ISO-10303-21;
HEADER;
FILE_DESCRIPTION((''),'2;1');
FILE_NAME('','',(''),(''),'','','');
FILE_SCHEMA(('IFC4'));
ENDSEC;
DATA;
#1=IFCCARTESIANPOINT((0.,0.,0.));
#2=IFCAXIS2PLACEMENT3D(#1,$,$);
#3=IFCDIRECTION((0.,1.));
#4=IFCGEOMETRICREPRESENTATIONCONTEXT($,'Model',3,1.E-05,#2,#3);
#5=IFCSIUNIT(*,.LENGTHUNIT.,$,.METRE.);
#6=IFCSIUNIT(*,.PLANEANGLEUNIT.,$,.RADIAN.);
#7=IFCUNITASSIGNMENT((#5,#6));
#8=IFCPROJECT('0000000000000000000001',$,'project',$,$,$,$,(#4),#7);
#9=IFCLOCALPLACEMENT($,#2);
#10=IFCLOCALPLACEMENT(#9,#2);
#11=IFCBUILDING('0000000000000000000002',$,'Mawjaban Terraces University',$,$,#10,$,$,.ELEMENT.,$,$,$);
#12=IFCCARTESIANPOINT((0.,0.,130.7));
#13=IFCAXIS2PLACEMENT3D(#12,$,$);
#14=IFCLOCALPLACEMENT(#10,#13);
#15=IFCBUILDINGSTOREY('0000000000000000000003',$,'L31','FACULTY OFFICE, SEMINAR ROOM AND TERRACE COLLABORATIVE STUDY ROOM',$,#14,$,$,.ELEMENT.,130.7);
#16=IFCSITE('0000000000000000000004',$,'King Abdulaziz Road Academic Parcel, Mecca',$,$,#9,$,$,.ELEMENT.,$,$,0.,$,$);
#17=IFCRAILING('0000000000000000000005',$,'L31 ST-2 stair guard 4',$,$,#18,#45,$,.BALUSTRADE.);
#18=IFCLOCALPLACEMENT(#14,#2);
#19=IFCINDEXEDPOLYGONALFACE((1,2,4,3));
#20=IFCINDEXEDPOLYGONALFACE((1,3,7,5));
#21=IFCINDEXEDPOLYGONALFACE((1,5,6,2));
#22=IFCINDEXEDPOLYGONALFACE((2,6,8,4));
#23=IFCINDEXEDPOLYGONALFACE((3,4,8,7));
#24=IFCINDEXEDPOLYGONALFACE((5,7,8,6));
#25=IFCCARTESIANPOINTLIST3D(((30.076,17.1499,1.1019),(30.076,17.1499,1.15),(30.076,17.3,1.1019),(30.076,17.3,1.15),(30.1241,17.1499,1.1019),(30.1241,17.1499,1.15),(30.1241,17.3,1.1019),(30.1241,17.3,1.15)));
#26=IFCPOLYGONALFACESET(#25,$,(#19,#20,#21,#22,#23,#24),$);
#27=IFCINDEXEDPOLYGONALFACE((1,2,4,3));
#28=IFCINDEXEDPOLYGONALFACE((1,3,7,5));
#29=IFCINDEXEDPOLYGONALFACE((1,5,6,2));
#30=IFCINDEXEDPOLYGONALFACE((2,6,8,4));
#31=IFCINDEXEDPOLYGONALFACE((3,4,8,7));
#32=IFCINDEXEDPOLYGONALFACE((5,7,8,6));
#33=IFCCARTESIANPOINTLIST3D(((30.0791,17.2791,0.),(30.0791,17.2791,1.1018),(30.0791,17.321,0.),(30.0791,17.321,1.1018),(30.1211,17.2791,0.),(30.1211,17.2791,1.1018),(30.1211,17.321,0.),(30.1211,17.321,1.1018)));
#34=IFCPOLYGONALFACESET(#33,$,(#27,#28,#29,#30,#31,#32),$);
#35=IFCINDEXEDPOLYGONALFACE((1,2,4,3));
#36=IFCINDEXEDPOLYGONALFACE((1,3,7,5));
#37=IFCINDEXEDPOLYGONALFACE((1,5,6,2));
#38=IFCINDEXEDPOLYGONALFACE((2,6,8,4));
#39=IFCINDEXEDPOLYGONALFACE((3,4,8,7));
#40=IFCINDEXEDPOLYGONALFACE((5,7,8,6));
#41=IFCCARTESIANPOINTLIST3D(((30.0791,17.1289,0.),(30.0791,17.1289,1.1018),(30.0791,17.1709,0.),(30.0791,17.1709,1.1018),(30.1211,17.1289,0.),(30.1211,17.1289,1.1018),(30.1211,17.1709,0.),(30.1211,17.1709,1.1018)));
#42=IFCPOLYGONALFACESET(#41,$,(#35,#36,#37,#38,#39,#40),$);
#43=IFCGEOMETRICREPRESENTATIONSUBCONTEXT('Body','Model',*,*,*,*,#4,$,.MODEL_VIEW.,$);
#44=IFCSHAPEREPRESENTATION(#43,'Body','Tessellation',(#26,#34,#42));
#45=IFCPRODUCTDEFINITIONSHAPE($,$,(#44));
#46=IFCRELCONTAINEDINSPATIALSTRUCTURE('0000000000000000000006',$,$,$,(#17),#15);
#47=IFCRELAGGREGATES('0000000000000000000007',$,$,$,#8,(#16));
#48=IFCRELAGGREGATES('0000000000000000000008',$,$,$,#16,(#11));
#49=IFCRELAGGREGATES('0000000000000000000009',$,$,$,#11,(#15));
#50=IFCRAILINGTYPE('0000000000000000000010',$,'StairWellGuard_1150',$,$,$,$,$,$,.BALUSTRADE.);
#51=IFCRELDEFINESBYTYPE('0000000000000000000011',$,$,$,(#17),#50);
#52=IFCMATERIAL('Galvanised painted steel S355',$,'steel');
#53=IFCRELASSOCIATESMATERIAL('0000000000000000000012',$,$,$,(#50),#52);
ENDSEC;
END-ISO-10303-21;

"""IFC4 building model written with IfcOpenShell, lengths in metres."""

from ifc_helpers import new_model, si_unit, direction, frame, origin, origin_2d, place, context, subcontext, project, spatial, rectangle, extrude, material, type_object, element, save


model = new_model("IFC4")

# Units and contexts
model_context = context("Model", 3, precision=1e-05, world=origin(), true_north=direction((0.0, 1.0)))
body_context = subcontext(model_context, "Body", "Model", "MODEL_VIEW")
ifc_project = project(units=[si_unit("LENGTHUNIT", "METRE"), si_unit("PLANEANGLEUNIT", "RADIAN")], contexts=[model_context])

# Site, building, storey
site_placement = place(None, origin())
site = spatial("IfcSite", under=ifc_project, at=site_placement, Name="King Abdulaziz Road Academic Parcel, Mecca", CompositionType="ELEMENT", RefElevation=0.0)
building_placement = place(site_placement, origin())
building = spatial("IfcBuilding", under=site, at=building_placement, Name="Mawjaban Terraces University", CompositionType="ELEMENT")
storey_placement = place(building_placement, frame((0.0, 0.0, 130.7)))
storey = spatial("IfcBuildingStorey", under=building, at=storey_placement, Name="L31", Description="FACULTY OFFICE, SEMINAR ROOM AND TERRACE COLLABORATIVE STUDY ROOM", CompositionType="ELEMENT", Elevation=130.7)

# Railing
ifc_material_1 = material(Name="Galvanised painted steel S355", Category="steel")
railing_type_1 = type_object("IfcRailingType", Name="StairWellGuard_1150", PredefinedType="BALUSTRADE", material=ifc_material_1)
railing_1_placement = place(storey_placement, frame((30.1001, 17.3, 0.0)))
element("IfcRailing", 1, at=railing_1_placement, inside=storey, type_object=railing_type_1, Name="L31 ST-2 stair guard 4", PredefinedType="BALUSTRADE", context=body_context, shape_type="SweptSolid", body=[
    extrude(rectangle(XDim=0.0481, YDim=0.0481, at=origin_2d()), frame((0.0, 0.0, 1.126), z_axis=(0.0, -1.0, 0.0), x_axis=(1.0, 0.0, 0.0)), (0.0, 0.0, 1.0), 0.1501),
    extrude(rectangle(XDim=0.042, YDim=0.042, at=origin_2d()), origin(), (0.0, 0.0, 1.0), 1.1018),
    extrude(rectangle(XDim=0.042, YDim=0.042, at=origin_2d()), frame((0.0, -0.1501, 0.0)), (0.0, 0.0, 1.0), 1.1018),
])

save(model, "model.ifc")
